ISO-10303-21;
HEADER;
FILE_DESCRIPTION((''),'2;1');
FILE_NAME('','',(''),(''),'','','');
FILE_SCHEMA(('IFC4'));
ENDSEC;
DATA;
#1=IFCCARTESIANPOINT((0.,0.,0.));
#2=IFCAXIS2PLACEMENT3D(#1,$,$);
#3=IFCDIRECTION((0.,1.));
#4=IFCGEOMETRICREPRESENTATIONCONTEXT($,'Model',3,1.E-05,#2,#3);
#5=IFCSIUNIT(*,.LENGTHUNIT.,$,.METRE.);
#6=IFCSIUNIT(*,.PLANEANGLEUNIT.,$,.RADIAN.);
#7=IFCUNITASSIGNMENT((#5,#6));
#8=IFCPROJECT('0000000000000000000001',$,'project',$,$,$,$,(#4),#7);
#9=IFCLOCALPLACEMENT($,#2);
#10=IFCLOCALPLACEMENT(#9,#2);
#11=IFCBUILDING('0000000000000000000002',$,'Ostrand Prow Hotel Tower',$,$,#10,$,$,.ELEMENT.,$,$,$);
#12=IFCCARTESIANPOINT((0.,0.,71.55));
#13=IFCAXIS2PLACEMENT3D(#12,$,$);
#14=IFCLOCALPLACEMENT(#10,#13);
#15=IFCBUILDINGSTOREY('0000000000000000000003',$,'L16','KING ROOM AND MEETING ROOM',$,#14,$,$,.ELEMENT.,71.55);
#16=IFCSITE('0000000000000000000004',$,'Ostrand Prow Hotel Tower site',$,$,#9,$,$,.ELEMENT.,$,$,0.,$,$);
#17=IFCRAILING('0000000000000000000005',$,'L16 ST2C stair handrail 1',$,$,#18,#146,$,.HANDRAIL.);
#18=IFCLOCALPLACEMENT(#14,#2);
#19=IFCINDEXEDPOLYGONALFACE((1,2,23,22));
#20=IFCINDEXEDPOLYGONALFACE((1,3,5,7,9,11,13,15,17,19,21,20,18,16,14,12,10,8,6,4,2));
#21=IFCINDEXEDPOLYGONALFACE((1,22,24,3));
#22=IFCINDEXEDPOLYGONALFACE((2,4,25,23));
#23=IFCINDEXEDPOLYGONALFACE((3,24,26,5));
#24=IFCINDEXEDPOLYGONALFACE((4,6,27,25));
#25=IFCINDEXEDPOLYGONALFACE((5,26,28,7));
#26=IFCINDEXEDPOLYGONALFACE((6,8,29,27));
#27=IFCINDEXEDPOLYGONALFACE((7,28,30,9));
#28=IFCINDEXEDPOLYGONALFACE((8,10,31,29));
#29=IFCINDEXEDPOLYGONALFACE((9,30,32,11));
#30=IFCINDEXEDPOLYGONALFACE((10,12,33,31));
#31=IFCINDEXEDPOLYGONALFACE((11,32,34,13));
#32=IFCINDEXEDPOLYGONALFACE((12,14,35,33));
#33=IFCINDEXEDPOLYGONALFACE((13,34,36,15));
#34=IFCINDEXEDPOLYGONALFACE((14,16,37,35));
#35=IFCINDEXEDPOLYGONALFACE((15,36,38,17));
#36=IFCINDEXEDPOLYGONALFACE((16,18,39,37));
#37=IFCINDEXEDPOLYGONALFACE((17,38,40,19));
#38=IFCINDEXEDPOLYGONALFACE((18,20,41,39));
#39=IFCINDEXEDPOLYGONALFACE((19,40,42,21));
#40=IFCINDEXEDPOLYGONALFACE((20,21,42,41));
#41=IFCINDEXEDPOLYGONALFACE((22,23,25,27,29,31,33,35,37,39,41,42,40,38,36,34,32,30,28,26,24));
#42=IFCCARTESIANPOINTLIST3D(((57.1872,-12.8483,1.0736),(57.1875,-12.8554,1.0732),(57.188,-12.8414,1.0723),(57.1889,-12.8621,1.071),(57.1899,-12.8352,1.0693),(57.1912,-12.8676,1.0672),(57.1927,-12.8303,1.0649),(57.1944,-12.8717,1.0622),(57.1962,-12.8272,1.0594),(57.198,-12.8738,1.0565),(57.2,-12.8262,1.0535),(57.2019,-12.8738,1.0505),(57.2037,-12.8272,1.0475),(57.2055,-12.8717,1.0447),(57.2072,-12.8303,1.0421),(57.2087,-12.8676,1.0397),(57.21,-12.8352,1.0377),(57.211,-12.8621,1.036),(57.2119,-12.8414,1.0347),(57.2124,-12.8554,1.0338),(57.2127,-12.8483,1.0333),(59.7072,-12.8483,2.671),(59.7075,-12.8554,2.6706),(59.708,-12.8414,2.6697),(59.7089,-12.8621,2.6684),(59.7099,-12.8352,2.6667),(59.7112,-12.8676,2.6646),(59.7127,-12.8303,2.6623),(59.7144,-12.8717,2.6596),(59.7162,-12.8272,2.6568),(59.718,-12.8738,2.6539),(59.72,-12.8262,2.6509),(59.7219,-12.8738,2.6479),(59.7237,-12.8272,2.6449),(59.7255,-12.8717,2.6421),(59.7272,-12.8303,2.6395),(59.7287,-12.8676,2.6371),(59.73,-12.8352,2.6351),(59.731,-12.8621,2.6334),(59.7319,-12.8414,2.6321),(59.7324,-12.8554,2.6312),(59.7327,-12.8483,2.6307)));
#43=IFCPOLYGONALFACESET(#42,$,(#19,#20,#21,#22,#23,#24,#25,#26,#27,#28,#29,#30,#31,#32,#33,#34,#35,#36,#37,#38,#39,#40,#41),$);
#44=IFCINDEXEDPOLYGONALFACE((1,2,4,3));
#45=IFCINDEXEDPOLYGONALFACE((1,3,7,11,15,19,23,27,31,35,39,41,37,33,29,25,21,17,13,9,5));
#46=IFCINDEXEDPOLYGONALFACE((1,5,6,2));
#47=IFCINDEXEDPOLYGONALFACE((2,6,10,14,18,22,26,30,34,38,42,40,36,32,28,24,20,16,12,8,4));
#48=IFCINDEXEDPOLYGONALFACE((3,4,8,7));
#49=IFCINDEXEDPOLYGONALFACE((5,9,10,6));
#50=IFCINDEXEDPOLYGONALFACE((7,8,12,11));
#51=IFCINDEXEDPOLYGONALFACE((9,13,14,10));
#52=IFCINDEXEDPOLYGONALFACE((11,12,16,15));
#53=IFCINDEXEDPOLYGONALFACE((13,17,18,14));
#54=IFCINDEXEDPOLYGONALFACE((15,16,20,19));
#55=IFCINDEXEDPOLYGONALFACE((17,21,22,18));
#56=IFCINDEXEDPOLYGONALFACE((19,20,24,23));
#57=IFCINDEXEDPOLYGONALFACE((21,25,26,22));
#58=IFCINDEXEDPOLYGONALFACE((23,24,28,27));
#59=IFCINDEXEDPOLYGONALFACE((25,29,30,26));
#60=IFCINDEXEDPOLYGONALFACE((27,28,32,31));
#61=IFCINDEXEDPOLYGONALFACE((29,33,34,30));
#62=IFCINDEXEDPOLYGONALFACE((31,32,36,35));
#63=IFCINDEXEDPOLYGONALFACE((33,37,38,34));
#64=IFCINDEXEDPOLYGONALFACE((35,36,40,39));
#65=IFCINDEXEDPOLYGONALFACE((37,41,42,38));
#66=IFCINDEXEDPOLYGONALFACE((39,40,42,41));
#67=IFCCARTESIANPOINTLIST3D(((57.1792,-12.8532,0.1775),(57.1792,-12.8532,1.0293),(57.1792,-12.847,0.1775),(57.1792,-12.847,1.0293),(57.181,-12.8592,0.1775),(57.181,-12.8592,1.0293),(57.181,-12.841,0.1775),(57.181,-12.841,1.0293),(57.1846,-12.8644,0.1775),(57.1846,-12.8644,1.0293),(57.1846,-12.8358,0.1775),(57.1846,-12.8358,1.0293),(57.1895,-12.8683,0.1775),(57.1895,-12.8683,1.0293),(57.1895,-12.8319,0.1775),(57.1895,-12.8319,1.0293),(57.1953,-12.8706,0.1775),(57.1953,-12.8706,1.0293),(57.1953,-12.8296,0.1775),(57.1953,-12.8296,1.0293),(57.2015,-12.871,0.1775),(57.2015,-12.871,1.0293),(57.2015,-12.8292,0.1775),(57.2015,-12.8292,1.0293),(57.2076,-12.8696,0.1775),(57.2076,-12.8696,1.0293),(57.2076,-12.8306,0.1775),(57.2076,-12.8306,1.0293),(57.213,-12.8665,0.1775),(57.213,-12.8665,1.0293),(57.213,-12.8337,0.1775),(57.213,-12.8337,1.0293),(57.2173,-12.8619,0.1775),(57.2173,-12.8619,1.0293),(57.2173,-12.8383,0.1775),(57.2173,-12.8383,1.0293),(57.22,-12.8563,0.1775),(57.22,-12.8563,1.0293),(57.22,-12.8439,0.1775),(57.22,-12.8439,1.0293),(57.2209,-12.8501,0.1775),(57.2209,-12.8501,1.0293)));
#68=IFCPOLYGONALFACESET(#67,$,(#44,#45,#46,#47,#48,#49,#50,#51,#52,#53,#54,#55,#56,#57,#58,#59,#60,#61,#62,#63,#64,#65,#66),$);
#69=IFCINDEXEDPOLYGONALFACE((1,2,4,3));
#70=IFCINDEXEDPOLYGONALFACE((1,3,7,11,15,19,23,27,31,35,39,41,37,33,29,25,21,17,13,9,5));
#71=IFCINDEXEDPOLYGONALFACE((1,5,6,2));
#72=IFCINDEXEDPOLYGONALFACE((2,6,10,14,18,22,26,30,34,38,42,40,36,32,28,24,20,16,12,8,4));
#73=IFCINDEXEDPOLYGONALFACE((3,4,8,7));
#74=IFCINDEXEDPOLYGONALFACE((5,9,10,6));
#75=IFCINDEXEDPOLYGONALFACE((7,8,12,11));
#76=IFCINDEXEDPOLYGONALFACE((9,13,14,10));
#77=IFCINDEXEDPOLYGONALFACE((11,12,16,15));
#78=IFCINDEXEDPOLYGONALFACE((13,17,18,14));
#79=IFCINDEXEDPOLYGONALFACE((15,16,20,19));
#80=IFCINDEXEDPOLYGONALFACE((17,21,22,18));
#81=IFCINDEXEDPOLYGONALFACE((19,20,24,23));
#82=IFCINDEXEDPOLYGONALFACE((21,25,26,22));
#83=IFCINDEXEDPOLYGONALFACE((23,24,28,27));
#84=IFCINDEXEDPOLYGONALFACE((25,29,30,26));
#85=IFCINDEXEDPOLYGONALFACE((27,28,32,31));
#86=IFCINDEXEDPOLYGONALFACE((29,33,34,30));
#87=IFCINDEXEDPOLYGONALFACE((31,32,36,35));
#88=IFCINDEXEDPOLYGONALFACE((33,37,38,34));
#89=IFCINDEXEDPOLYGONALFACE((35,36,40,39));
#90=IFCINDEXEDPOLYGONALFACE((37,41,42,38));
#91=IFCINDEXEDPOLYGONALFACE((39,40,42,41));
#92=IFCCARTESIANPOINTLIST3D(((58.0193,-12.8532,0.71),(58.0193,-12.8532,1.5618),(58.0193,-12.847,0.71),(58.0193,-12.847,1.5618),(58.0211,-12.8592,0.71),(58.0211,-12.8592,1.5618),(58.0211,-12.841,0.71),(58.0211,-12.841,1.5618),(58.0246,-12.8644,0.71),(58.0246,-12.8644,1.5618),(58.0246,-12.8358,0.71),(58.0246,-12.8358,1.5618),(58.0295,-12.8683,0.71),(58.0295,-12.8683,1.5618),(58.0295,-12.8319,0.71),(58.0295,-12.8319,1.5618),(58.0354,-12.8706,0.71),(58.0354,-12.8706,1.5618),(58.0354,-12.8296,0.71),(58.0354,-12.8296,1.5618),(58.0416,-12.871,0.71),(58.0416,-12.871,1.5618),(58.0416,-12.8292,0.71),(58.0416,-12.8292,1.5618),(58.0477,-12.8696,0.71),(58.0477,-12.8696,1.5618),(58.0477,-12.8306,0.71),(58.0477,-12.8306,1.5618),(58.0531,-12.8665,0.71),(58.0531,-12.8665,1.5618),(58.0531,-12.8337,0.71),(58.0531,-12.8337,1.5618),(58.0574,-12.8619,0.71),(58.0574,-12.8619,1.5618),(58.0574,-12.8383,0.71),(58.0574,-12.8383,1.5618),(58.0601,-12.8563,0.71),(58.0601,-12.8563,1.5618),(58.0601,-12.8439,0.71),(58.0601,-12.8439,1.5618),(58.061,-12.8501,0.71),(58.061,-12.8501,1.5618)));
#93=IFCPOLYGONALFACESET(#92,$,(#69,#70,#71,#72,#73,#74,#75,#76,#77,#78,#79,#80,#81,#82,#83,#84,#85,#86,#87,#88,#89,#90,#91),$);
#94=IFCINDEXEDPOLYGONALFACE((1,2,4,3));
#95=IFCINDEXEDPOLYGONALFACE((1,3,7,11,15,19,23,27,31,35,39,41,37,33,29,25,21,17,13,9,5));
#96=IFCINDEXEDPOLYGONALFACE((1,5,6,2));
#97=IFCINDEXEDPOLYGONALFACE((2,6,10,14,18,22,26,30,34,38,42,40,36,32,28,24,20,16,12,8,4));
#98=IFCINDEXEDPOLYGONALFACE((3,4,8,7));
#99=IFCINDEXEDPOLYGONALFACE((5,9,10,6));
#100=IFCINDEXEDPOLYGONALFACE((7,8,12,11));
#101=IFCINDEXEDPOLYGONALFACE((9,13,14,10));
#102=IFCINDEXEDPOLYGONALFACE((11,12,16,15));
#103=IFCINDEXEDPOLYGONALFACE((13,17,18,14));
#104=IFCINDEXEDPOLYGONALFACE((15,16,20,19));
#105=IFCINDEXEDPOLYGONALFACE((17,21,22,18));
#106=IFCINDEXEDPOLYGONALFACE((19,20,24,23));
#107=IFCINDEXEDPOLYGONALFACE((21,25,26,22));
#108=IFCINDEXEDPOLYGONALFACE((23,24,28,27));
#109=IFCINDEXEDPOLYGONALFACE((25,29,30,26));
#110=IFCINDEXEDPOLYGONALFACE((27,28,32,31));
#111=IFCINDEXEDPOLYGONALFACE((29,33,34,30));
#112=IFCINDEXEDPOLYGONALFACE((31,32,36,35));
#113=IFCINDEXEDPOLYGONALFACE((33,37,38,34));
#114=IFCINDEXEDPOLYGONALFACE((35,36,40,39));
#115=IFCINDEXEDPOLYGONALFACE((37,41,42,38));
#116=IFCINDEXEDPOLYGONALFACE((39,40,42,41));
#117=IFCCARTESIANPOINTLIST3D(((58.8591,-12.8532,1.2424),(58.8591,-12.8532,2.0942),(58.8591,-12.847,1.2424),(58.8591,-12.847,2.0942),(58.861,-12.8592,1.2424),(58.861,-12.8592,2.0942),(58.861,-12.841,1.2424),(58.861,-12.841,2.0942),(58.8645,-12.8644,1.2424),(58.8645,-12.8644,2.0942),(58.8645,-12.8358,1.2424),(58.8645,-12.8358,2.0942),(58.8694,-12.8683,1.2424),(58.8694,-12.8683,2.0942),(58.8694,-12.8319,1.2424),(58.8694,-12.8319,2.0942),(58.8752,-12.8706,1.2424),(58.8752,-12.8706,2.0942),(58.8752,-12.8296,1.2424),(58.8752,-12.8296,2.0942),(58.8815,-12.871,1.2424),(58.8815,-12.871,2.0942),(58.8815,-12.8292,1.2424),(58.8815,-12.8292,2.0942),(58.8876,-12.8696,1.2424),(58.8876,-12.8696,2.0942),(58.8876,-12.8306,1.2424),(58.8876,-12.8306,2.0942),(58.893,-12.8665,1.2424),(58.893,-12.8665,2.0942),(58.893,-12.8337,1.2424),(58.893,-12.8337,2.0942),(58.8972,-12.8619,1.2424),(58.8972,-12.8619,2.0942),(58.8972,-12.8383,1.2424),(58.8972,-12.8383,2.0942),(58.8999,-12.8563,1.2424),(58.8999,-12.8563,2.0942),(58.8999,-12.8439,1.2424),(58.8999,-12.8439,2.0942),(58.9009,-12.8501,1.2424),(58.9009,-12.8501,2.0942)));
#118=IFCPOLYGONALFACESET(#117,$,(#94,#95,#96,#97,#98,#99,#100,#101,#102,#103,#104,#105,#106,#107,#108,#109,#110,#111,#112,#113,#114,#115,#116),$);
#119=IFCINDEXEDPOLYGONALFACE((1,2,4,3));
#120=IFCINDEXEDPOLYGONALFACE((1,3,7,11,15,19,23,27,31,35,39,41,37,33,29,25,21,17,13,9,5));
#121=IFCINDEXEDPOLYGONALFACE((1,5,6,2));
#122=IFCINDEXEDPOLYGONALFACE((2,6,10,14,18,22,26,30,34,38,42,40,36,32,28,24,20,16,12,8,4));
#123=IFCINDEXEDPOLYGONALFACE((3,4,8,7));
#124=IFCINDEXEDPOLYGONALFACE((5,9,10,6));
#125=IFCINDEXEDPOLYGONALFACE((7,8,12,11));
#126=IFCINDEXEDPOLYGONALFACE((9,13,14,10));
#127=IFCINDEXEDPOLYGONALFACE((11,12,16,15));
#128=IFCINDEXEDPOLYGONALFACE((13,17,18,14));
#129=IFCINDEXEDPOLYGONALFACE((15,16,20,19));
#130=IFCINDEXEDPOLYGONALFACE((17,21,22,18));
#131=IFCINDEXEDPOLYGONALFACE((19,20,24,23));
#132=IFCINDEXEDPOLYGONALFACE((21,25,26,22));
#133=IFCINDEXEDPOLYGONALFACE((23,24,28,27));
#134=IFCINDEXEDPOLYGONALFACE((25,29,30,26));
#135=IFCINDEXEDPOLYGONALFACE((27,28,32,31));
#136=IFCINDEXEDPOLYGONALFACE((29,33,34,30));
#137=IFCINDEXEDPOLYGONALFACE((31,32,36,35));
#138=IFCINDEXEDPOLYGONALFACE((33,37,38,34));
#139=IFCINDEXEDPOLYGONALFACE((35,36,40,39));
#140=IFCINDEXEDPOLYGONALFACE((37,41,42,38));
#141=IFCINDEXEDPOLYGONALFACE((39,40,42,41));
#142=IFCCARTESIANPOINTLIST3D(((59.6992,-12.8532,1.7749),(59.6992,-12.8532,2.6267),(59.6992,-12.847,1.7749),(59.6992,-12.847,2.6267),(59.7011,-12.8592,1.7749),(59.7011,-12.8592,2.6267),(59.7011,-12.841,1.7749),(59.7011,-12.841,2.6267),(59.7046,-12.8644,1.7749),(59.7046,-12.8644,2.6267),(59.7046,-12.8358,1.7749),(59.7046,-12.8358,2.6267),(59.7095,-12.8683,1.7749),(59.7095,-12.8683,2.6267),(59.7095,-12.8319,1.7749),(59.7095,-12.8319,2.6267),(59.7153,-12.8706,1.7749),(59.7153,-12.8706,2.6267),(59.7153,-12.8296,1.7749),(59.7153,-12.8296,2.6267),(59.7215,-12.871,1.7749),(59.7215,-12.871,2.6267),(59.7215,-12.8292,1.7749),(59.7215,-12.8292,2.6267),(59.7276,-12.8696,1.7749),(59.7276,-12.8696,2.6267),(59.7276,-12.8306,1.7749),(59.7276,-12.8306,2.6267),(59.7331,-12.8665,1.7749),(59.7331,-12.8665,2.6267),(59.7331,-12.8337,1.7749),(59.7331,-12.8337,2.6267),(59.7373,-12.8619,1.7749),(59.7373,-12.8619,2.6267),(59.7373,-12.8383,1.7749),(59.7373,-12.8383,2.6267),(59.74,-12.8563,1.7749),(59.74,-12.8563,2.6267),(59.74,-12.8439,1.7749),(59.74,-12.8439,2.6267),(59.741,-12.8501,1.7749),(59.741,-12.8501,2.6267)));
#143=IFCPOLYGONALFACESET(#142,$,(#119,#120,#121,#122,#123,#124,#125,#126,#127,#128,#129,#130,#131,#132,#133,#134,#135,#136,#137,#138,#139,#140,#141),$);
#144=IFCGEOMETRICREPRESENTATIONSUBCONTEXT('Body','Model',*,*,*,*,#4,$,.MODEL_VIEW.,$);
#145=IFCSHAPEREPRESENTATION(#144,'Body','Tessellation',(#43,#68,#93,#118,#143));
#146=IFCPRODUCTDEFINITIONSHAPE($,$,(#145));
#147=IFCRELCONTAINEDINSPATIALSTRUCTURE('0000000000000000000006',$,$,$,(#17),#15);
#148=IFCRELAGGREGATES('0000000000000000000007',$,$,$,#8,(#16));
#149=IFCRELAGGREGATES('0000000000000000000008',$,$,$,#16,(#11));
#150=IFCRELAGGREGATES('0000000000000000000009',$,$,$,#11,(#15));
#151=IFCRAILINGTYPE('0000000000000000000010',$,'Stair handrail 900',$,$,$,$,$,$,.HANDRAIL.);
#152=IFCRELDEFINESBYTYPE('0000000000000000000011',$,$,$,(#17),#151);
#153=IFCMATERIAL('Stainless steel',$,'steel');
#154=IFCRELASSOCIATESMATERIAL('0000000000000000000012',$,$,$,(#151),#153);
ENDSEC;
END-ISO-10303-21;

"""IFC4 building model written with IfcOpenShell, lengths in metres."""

from ifc_helpers import new_model, si_unit, direction, frame, origin, origin_2d, place, context, subcontext, project, spatial, circle, extrude, material, type_object, element, save


model = new_model("IFC4")

# Units and contexts
model_context = context("Model", 3, precision=1e-05, world=origin(), true_north=direction((0.0, 1.0)))
body_context = subcontext(model_context, "Body", "Model", "MODEL_VIEW")
ifc_project = project(units=[si_unit("LENGTHUNIT", "METRE"), si_unit("PLANEANGLEUNIT", "RADIAN")], contexts=[model_context])

# Site, building, storey
site_placement = place(None, origin())
site = spatial("IfcSite", under=ifc_project, at=site_placement, Name="Ostrand Prow Hotel Tower site", CompositionType="ELEMENT", RefElevation=0.0)
building_placement = place(site_placement, origin())
building = spatial("IfcBuilding", under=site, at=building_placement, Name="Ostrand Prow Hotel Tower", CompositionType="ELEMENT")
storey_placement = place(building_placement, frame((0.0, 0.0, 71.55)))
storey = spatial("IfcBuildingStorey", under=building, at=storey_placement, Name="L16", Description="KING ROOM AND MEETING ROOM", CompositionType="ELEMENT", Elevation=71.55)

# Railing
ifc_material_1 = material(Name="Stainless steel", Category="steel")
railing_type_1 = type_object("IfcRailingType", Name="Stair handrail 900", PredefinedType="HANDRAIL", material=ifc_material_1)
railing_1_placement = place(storey_placement, frame((57.2, -12.8501, 0.1775)))
element("IfcRailing", 1, at=railing_1_placement, inside=storey, type_object=railing_type_1, Name="L16 ST2C stair handrail 1", PredefinedType="HANDRAIL", context=body_context, shape_type="SweptSolid", body=[
    extrude(circle(Radius=0.0239, at=origin_2d()), frame((0.0, 0.0, 0.876), z_axis=(0.844607, 0.0, 0.535387), x_axis=(0.0, 1.0, 0.0)), (0.0, 0.0, 1.0), 2.9836),
    extrude(circle(Radius=0.021, at=origin_2d()), origin(), (0.0, 0.0, 1.0), 0.8518),
    extrude(circle(Radius=0.021, at=origin_2d()), frame((0.8401, 0.0, 0.5325)), (0.0, 0.0, 1.0), 0.8518),
    extrude(circle(Radius=0.021, at=origin_2d()), frame((1.6799, 0.0, 1.0649)), (0.0, 0.0, 1.0), 0.8518),
    extrude(circle(Radius=0.021, at=origin_2d()), frame((2.52, 0.0, 1.5974)), (0.0, 0.0, 1.0), 0.8518),
])

save(model, "model.ifc")
